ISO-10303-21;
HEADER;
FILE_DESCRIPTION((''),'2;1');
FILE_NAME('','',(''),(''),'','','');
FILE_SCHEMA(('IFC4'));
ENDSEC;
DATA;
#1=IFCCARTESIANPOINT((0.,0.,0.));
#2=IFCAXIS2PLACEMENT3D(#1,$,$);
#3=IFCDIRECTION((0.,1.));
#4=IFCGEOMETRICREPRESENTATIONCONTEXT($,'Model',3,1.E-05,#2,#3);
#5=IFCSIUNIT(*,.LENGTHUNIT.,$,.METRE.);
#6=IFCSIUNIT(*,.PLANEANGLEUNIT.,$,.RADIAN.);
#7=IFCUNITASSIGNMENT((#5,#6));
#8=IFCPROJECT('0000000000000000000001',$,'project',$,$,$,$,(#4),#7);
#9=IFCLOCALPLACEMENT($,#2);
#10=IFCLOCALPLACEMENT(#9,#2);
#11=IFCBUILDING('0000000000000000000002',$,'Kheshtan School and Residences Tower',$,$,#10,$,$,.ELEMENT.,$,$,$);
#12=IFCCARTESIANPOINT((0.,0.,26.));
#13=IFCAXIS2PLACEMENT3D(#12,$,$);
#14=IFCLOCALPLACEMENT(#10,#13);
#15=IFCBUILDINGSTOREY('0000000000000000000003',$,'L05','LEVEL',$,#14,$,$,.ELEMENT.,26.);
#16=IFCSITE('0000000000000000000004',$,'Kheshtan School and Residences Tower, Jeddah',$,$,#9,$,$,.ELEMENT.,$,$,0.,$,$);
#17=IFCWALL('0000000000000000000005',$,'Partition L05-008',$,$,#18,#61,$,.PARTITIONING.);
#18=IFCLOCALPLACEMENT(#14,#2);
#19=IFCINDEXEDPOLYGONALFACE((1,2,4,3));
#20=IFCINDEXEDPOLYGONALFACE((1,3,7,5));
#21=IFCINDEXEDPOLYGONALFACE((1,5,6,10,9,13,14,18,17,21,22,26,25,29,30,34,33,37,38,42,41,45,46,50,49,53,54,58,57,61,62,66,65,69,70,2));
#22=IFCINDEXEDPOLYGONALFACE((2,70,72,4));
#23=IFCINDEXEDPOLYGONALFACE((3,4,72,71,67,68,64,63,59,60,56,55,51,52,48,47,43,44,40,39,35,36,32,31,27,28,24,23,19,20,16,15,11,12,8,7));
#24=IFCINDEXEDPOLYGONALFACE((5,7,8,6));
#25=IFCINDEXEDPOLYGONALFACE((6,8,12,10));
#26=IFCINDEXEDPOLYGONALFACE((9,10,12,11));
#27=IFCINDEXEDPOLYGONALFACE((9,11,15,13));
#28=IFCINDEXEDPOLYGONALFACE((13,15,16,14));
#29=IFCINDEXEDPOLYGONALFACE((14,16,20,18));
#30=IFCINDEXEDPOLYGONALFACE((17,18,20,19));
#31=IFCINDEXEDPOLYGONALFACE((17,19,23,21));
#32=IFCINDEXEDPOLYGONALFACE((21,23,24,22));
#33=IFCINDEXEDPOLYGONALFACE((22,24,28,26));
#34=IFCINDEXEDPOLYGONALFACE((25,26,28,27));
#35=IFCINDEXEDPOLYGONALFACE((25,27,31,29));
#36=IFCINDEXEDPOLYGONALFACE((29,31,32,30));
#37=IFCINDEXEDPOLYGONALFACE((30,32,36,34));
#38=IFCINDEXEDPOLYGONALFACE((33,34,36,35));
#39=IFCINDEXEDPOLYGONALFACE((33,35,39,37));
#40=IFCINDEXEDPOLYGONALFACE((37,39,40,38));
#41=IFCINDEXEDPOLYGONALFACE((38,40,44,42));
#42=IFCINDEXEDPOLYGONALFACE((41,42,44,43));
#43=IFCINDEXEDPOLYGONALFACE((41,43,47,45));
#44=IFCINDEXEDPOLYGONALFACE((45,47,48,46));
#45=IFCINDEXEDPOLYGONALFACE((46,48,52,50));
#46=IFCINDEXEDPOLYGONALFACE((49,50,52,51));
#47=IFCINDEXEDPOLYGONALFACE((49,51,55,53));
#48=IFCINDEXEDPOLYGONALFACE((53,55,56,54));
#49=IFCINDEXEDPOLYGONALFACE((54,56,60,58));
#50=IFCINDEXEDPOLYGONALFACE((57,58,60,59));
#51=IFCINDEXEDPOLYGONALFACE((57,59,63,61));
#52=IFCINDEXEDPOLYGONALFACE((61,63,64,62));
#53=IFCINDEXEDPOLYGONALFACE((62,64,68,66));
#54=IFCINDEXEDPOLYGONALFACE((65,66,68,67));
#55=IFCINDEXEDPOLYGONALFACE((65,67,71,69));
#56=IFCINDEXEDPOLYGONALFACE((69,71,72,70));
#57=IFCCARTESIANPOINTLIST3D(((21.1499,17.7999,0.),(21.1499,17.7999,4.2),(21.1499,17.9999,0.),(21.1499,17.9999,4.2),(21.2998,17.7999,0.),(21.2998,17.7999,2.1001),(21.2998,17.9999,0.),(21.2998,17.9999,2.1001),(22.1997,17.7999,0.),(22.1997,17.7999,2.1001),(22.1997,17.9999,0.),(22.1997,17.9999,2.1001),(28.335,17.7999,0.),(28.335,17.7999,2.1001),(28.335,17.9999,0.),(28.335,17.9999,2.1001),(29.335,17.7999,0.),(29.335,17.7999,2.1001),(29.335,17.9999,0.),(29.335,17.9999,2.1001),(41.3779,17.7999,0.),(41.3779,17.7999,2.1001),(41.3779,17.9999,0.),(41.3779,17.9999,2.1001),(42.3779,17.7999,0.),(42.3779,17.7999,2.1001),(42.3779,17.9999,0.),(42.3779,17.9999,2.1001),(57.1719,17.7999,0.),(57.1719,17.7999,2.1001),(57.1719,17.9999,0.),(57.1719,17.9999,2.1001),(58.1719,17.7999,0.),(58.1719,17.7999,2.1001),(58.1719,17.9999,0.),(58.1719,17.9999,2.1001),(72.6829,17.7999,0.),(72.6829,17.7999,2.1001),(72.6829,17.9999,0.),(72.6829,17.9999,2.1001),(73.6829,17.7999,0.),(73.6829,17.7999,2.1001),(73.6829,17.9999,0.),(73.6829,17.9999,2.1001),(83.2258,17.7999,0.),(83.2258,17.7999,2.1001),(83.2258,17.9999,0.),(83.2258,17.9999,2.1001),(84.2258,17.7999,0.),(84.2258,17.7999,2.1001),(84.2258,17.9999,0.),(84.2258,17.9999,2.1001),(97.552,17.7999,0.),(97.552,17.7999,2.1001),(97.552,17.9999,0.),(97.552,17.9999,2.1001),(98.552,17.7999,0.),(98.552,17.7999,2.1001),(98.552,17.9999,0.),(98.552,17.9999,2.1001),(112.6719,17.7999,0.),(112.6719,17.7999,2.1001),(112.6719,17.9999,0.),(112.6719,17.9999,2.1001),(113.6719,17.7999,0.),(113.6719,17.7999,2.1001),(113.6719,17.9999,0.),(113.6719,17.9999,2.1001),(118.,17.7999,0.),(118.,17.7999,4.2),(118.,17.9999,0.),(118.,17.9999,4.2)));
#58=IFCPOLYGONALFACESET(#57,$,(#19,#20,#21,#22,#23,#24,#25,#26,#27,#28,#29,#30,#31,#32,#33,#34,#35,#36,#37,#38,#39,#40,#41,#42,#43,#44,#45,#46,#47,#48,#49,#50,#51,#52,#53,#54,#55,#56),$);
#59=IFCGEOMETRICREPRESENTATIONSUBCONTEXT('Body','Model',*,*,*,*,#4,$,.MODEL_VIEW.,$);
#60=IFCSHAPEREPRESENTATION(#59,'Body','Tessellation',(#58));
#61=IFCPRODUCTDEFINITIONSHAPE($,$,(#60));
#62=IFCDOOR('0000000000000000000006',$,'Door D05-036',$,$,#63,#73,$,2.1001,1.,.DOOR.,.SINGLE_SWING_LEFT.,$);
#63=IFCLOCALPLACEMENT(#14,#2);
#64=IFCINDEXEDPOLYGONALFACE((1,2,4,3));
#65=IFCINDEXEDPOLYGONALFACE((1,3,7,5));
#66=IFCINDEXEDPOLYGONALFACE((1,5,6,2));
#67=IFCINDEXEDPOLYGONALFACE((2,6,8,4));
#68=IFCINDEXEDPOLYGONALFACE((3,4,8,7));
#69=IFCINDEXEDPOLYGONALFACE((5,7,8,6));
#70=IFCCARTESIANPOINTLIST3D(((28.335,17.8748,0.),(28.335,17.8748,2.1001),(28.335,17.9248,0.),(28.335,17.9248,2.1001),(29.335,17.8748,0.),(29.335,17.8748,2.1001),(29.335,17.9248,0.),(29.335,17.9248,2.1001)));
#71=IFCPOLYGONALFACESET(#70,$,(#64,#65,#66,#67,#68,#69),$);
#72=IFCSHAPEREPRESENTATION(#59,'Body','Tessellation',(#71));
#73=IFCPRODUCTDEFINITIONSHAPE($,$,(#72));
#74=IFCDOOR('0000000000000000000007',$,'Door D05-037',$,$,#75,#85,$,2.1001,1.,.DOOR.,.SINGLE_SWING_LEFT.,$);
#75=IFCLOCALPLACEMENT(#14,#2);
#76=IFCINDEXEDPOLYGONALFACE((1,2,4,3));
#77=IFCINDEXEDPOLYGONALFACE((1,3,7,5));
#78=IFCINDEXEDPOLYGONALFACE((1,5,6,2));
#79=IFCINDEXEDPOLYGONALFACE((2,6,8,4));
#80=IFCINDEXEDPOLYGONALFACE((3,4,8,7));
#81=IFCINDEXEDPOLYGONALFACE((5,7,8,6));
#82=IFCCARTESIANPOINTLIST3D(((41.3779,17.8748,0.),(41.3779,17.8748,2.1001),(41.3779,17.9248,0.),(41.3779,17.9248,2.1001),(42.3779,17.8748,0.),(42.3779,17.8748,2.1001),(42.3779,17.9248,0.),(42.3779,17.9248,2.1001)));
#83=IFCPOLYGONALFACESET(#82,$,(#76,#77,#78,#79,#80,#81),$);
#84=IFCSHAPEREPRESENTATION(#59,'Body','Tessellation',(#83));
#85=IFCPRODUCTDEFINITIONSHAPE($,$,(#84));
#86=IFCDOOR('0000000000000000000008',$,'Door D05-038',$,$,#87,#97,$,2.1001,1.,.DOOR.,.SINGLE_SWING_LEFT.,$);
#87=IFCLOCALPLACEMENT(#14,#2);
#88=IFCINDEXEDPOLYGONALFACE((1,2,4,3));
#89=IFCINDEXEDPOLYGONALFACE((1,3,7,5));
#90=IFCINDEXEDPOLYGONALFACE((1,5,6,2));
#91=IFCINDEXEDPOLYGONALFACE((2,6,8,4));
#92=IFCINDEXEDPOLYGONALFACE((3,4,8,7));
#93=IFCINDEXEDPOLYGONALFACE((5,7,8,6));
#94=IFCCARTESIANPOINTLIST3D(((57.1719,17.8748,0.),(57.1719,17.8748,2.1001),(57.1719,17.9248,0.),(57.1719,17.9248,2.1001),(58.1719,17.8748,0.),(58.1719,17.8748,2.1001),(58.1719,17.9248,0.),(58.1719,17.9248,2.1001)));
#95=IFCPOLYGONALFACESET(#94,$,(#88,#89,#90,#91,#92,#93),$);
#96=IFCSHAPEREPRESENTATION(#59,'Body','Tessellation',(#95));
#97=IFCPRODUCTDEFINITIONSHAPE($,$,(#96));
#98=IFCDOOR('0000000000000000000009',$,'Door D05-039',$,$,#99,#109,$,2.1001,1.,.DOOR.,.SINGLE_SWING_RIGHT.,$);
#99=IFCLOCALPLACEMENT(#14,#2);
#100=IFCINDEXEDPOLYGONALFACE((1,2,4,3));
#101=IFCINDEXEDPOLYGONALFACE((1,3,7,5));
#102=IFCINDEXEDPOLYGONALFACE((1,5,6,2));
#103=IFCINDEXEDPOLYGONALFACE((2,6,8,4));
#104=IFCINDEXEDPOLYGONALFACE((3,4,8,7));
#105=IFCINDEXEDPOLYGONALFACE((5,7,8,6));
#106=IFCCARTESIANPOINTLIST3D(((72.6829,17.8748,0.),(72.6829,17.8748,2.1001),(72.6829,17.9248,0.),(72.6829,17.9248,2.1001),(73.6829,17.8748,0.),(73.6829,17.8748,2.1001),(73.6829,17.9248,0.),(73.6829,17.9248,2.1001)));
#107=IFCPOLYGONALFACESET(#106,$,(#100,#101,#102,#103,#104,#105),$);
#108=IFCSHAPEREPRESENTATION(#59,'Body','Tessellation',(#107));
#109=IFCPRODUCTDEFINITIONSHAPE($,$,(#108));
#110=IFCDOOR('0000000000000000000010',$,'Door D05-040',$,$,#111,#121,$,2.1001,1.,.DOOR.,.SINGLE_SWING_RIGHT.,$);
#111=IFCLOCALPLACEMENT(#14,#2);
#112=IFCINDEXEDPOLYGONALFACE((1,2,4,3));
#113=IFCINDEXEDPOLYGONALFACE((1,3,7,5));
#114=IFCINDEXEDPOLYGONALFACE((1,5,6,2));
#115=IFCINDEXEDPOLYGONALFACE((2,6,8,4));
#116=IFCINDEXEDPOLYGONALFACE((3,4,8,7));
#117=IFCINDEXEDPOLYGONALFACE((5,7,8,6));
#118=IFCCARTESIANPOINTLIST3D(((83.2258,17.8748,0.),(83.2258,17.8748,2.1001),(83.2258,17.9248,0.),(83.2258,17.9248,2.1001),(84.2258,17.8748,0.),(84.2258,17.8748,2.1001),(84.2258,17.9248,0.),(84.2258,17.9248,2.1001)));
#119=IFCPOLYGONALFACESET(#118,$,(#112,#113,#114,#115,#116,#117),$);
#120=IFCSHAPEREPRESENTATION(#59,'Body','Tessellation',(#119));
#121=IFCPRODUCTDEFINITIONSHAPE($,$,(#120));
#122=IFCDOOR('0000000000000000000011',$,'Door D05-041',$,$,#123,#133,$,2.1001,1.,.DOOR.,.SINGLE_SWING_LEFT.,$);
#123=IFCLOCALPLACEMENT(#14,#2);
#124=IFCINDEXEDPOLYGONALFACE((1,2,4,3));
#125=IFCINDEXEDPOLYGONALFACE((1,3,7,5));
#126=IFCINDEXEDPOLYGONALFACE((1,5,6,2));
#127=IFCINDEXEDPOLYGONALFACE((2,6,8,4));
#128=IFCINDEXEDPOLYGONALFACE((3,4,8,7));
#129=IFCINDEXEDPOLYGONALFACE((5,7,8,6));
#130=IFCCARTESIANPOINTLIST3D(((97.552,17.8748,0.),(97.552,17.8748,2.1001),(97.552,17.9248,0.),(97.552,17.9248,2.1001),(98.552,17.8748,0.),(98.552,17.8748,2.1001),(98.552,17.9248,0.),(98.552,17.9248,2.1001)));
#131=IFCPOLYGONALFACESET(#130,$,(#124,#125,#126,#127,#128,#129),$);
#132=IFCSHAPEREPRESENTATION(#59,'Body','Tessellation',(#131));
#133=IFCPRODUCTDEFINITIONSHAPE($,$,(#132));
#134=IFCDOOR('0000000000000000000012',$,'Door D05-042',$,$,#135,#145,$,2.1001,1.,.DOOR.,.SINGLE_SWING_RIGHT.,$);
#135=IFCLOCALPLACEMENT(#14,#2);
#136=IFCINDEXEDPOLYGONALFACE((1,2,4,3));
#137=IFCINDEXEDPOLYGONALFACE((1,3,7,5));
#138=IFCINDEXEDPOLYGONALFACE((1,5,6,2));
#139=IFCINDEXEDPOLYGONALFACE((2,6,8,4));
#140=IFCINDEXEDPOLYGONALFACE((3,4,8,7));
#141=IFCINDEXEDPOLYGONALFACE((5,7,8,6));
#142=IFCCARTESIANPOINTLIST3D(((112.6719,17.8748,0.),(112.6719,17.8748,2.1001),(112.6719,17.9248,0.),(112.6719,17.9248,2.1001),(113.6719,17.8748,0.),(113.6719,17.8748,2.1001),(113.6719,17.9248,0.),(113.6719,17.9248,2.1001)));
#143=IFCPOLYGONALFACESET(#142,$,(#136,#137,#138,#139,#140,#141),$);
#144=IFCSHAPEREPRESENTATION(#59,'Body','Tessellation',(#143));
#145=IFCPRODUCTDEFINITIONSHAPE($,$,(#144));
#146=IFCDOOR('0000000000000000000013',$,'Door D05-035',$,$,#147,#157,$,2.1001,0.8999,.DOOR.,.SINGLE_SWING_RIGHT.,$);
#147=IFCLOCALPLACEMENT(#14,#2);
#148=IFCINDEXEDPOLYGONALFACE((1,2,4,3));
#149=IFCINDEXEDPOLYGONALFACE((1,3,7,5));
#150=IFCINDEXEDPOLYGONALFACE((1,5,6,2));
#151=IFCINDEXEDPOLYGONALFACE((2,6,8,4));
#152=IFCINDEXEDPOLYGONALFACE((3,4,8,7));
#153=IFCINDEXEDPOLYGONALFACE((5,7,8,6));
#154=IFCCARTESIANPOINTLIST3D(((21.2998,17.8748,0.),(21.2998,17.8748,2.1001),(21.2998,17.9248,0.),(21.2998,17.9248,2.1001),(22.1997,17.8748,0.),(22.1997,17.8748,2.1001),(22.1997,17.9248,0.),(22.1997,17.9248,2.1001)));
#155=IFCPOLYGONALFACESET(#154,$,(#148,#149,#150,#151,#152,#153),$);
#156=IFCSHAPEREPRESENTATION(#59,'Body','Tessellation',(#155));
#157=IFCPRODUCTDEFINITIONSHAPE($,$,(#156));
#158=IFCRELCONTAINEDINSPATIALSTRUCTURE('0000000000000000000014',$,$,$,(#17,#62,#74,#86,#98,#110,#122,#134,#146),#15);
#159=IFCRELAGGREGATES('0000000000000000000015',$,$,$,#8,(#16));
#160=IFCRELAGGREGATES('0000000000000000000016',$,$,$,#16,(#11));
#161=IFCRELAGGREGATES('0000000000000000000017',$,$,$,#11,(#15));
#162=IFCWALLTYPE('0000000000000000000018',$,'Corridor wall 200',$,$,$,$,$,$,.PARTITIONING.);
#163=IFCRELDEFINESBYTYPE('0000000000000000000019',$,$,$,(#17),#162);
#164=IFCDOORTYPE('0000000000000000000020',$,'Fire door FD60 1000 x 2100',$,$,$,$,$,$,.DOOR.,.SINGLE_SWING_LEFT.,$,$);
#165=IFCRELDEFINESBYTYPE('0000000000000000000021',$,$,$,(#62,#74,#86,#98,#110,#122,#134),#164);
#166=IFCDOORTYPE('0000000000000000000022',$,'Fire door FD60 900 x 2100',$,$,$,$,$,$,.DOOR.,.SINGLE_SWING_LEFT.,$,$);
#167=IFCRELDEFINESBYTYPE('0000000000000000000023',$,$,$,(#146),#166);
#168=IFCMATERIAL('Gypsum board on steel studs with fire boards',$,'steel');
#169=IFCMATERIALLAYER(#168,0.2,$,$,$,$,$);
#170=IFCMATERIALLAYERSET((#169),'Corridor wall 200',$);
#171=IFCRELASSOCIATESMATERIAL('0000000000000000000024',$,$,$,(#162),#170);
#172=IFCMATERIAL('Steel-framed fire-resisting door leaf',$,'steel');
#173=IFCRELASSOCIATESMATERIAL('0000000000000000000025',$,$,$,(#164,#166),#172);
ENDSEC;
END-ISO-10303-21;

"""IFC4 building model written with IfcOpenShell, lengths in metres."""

from ifc_helpers import new_model, si_unit, direction, frame, frame_2d, origin, place, context, subcontext, project, spatial, rectangle, extrude, source, transform, mapped, material, layer, layer_set, type_object, element, fill, save


model = new_model("IFC4")

# Units and contexts
model_context = context("Model", 3, precision=1e-05, world=origin(), true_north=direction((0.0, 1.0)))
body_context = subcontext(model_context, "Body", "Model", "MODEL_VIEW")
ifc_project = project(units=[si_unit("LENGTHUNIT", "METRE"), si_unit("PLANEANGLEUNIT", "RADIAN")], contexts=[model_context])

# Site, building, storey
site_placement = place(None, origin())
site = spatial("IfcSite", under=ifc_project, at=site_placement, Name="Kheshtan School and Residences Tower, Jeddah", CompositionType="ELEMENT", RefElevation=0.0)
building_placement = place(site_placement, origin())
building = spatial("IfcBuilding", under=site, at=building_placement, Name="Kheshtan School and Residences Tower", CompositionType="ELEMENT")
storey_placement = place(building_placement, frame((0.0, 0.0, 26.0)))
storey = spatial("IfcBuildingStorey", under=building, at=storey_placement, Name="L05", Description="LEVEL", CompositionType="ELEMENT", Elevation=26.0)

# Wall, openings, doors
ifc_material_1 = material(Name="Gypsum board on steel studs with fire boards", Category="steel")
ifc_layer_1 = layer(ifc_material_1, 0.2)
ifc_layer_set_1 = layer_set([ifc_layer_1], Name="Corridor wall 200")
wall_type_1 = type_object("IfcWallType", Name="Corridor wall 200", PredefinedType="PARTITIONING", material=ifc_layer_set_1)
wall_1_placement = place(storey_placement, frame((21.1499, 17.8999, 0.0), z_axis=(0.0, 0.0, 1.0), x_axis=(1.0, 0.0, 0.0)))
wall_1 = element("IfcWall", 1, at=wall_1_placement, inside=storey, type_object=wall_type_1, Name="Partition L05-008", PredefinedType="PARTITIONING", context=body_context, shape_type="SweptSolid", body=[
    extrude(rectangle(XDim=96.8501, YDim=0.2, at=frame_2d((48.425, 0.0))), origin(), (0.0, 0.0, 1.0), 4.2),
])
opening_1_placement = place(wall_1_placement, frame((0.1499, 0.0, 0.0)))
opening_1 = element("IfcOpeningElement", 2, at=opening_1_placement, cuts=wall_1, PredefinedType="OPENING", context=body_context, shape_type="SweptSolid", body=[
    extrude(rectangle(XDim=0.8999, YDim=2.1001, at=frame_2d((0.45, 1.05))), frame((0.0, 0.1099, 0.0), z_axis=(0.0, -1.0, 0.0), x_axis=(1.0, 0.0, 0.0)), (0.0, 0.0, 1.0), 0.22),
])
opening_2_placement = place(wall_1_placement, frame((7.1851, 0.0, 0.0)))
opening_2 = element("IfcOpeningElement", 3, at=opening_2_placement, cuts=wall_1, PredefinedType="OPENING", context=body_context, shape_type="SweptSolid", body=[
    extrude(rectangle(XDim=1.0, YDim=2.1001, at=frame_2d((0.5, 1.05))), frame((0.0, 0.1099, 0.0), z_axis=(0.0, -1.0, 0.0), x_axis=(1.0, 0.0, 0.0)), (0.0, 0.0, 1.0), 0.22),
])
opening_3_placement = place(wall_1_placement, frame((20.228, 0.0, 0.0)))
opening_3 = element("IfcOpeningElement", 4, at=opening_3_placement, cuts=wall_1, PredefinedType="OPENING", context=body_context, shape_type="SweptSolid", body=[
    extrude(rectangle(XDim=1.0, YDim=2.1001, at=frame_2d((0.5, 1.05))), frame((0.0, 0.1099, 0.0), z_axis=(0.0, -1.0, 0.0), x_axis=(1.0, 0.0, 0.0)), (0.0, 0.0, 1.0), 0.22),
])
opening_4_placement = place(wall_1_placement, frame((36.022, 0.0, 0.0)))
opening_4 = element("IfcOpeningElement", 5, at=opening_4_placement, cuts=wall_1, PredefinedType="OPENING", context=body_context, shape_type="SweptSolid", body=[
    extrude(rectangle(XDim=1.0, YDim=2.1001, at=frame_2d((0.5, 1.05))), frame((0.0, 0.1099, 0.0), z_axis=(0.0, -1.0, 0.0), x_axis=(1.0, 0.0, 0.0)), (0.0, 0.0, 1.0), 0.22),
])
opening_5_placement = place(wall_1_placement, frame((51.533, 0.0, 0.0)))
opening_5 = element("IfcOpeningElement", 6, at=opening_5_placement, cuts=wall_1, PredefinedType="OPENING", context=body_context, shape_type="SweptSolid", body=[
    extrude(rectangle(XDim=1.0, YDim=2.1001, at=frame_2d((0.5, 1.05))), frame((0.0, 0.1099, 0.0), z_axis=(0.0, -1.0, 0.0), x_axis=(1.0, 0.0, 0.0)), (0.0, 0.0, 1.0), 0.22),
])
opening_6_placement = place(wall_1_placement, frame((62.0759, 0.0, 0.0)))
opening_6 = element("IfcOpeningElement", 7, at=opening_6_placement, cuts=wall_1, PredefinedType="OPENING", context=body_context, shape_type="SweptSolid", body=[
    extrude(rectangle(XDim=1.0, YDim=2.1001, at=frame_2d((0.5, 1.05))), frame((0.0, 0.1099, 0.0), z_axis=(0.0, -1.0, 0.0), x_axis=(1.0, 0.0, 0.0)), (0.0, 0.0, 1.0), 0.22),
])
opening_7_placement = place(wall_1_placement, frame((76.4021, 0.0, 0.0)))
opening_7 = element("IfcOpeningElement", 8, at=opening_7_placement, cuts=wall_1, PredefinedType="OPENING", context=body_context, shape_type="SweptSolid", body=[
    extrude(rectangle(XDim=1.0, YDim=2.1001, at=frame_2d((0.5, 1.05))), frame((0.0, 0.1099, 0.0), z_axis=(0.0, -1.0, 0.0), x_axis=(1.0, 0.0, 0.0)), (0.0, 0.0, 1.0), 0.22),
])
opening_8_placement = place(wall_1_placement, frame((91.522, 0.0, 0.0)))
opening_8 = element("IfcOpeningElement", 9, at=opening_8_placement, cuts=wall_1, PredefinedType="OPENING", context=body_context, shape_type="SweptSolid", body=[
    extrude(rectangle(XDim=1.0, YDim=2.1001, at=frame_2d((0.5, 1.05))), frame((0.0, 0.1099, 0.0), z_axis=(0.0, -1.0, 0.0), x_axis=(1.0, 0.0, 0.0)), (0.0, 0.0, 1.0), 0.22),
])
ifc_material_2 = material(Name="Steel-framed fire-resisting door leaf", Category="steel")
door_type_1 = type_object("IfcDoorType", Name="Fire door FD60 1000 x 2100", OperationType="SINGLE_SWING_LEFT", PredefinedType="DOOR", material=ifc_material_2)
shared_shape_1 = source(origin(), body_context, "Body", "SweptSolid", [
    extrude(rectangle(XDim=1.0, YDim=2.1001, at=frame_2d((0.5, 1.05))), frame((0.0, 0.0249, 0.0), z_axis=(0.0, -1.0, 0.0), x_axis=(1.0, 0.0, 0.0)), (0.0, 0.0, 1.0), 0.05),
])
door_1_placement = place(opening_2_placement, origin())
door_1 = element("IfcDoor", 10, at=door_1_placement, inside=storey, type_object=door_type_1, Name="Door D05-036", OperationType="SINGLE_SWING_LEFT", OverallHeight=2.1001, OverallWidth=1.0, PredefinedType="DOOR", context=body_context, shape_type="MappedRepresentation", body=[
    mapped(shared_shape_1, transform((0.0, 0.0, 0.0), x_axis=(1.0, 0.0, 0.0), y_axis=(0.0, 1.0, 0.0), z_axis=(0.0, 0.0, 1.0), scale=1.0)),
])
fill(opening_2, door_1)
door_2_placement = place(opening_3_placement, origin())
door_2 = element("IfcDoor", 11, at=door_2_placement, inside=storey, type_object=door_type_1, Name="Door D05-037", OperationType="SINGLE_SWING_LEFT", OverallHeight=2.1001, OverallWidth=1.0, PredefinedType="DOOR", context=body_context, shape_type="MappedRepresentation", body=[
    mapped(shared_shape_1, transform((0.0, 0.0, 0.0), x_axis=(1.0, 0.0, 0.0), y_axis=(0.0, 1.0, 0.0), z_axis=(0.0, 0.0, 1.0), scale=1.0)),
])
fill(opening_3, door_2)
door_3_placement = place(opening_4_placement, origin())
door_3 = element("IfcDoor", 12, at=door_3_placement, inside=storey, type_object=door_type_1, Name="Door D05-038", OperationType="SINGLE_SWING_LEFT", OverallHeight=2.1001, OverallWidth=1.0, PredefinedType="DOOR", context=body_context, shape_type="MappedRepresentation", body=[
    mapped(shared_shape_1, transform((0.0, 0.0, 0.0), x_axis=(1.0, 0.0, 0.0), y_axis=(0.0, 1.0, 0.0), z_axis=(0.0, 0.0, 1.0), scale=1.0)),
])
fill(opening_4, door_3)
door_4_placement = place(opening_5_placement, origin())
door_4 = element("IfcDoor", 13, at=door_4_placement, inside=storey, type_object=door_type_1, Name="Door D05-039", OperationType="SINGLE_SWING_RIGHT", OverallHeight=2.1001, OverallWidth=1.0, PredefinedType="DOOR", context=body_context, shape_type="MappedRepresentation", body=[
    mapped(shared_shape_1, transform((0.0, 0.0, 0.0), x_axis=(1.0, 0.0, 0.0), y_axis=(0.0, 1.0, 0.0), z_axis=(0.0, 0.0, 1.0), scale=1.0)),
])
fill(opening_5, door_4)
door_5_placement = place(opening_6_placement, origin())
door_5 = element("IfcDoor", 14, at=door_5_placement, inside=storey, type_object=door_type_1, Name="Door D05-040", OperationType="SINGLE_SWING_RIGHT", OverallHeight=2.1001, OverallWidth=1.0, PredefinedType="DOOR", context=body_context, shape_type="MappedRepresentation", body=[
    mapped(shared_shape_1, transform((0.0, 0.0, 0.0), x_axis=(1.0, 0.0, 0.0), y_axis=(0.0, 1.0, 0.0), z_axis=(0.0, 0.0, 1.0), scale=1.0)),
])
fill(opening_6, door_5)
door_6_placement = place(opening_7_placement, origin())
door_6 = element("IfcDoor", 15, at=door_6_placement, inside=storey, type_object=door_type_1, Name="Door D05-041", OperationType="SINGLE_SWING_LEFT", OverallHeight=2.1001, OverallWidth=1.0, PredefinedType="DOOR", context=body_context, shape_type="MappedRepresentation", body=[
    mapped(shared_shape_1, transform((0.0, 0.0, 0.0), x_axis=(1.0, 0.0, 0.0), y_axis=(0.0, 1.0, 0.0), z_axis=(0.0, 0.0, 1.0), scale=1.0)),
])
fill(opening_7, door_6)
door_7_placement = place(opening_8_placement, origin())
door_7 = element("IfcDoor", 16, at=door_7_placement, inside=storey, type_object=door_type_1, Name="Door D05-042", OperationType="SINGLE_SWING_RIGHT", OverallHeight=2.1001, OverallWidth=1.0, PredefinedType="DOOR", context=body_context, shape_type="MappedRepresentation", body=[
    mapped(shared_shape_1, transform((0.0, 0.0, 0.0), x_axis=(1.0, 0.0, 0.0), y_axis=(0.0, 1.0, 0.0), z_axis=(0.0, 0.0, 1.0), scale=1.0)),
])
fill(opening_8, door_7)
door_type_2 = type_object("IfcDoorType", Name="Fire door FD60 900 x 2100", OperationType="SINGLE_SWING_LEFT", PredefinedType="DOOR", material=ifc_material_2)
shared_shape_2 = source(origin(), body_context, "Body", "SweptSolid", [
    extrude(rectangle(XDim=0.8999, YDim=2.1001, at=frame_2d((0.45, 1.05))), frame((0.0, 0.0249, 0.0), z_axis=(0.0, -1.0, 0.0), x_axis=(1.0, 0.0, 0.0)), (0.0, 0.0, 1.0), 0.05),
])
door_8_placement = place(opening_1_placement, origin())
door_8 = element("IfcDoor", 17, at=door_8_placement, inside=storey, type_object=door_type_2, Name="Door D05-035", OperationType="SINGLE_SWING_RIGHT", OverallHeight=2.1001, OverallWidth=0.8999, PredefinedType="DOOR", context=body_context, shape_type="MappedRepresentation", body=[
    mapped(shared_shape_2, transform((0.0, 0.0, 0.0), x_axis=(1.0, 0.0, 0.0), y_axis=(0.0, 1.0, 0.0), z_axis=(0.0, 0.0, 1.0), scale=1.0)),
])
fill(opening_1, door_8)

save(model, "model.ifc")
